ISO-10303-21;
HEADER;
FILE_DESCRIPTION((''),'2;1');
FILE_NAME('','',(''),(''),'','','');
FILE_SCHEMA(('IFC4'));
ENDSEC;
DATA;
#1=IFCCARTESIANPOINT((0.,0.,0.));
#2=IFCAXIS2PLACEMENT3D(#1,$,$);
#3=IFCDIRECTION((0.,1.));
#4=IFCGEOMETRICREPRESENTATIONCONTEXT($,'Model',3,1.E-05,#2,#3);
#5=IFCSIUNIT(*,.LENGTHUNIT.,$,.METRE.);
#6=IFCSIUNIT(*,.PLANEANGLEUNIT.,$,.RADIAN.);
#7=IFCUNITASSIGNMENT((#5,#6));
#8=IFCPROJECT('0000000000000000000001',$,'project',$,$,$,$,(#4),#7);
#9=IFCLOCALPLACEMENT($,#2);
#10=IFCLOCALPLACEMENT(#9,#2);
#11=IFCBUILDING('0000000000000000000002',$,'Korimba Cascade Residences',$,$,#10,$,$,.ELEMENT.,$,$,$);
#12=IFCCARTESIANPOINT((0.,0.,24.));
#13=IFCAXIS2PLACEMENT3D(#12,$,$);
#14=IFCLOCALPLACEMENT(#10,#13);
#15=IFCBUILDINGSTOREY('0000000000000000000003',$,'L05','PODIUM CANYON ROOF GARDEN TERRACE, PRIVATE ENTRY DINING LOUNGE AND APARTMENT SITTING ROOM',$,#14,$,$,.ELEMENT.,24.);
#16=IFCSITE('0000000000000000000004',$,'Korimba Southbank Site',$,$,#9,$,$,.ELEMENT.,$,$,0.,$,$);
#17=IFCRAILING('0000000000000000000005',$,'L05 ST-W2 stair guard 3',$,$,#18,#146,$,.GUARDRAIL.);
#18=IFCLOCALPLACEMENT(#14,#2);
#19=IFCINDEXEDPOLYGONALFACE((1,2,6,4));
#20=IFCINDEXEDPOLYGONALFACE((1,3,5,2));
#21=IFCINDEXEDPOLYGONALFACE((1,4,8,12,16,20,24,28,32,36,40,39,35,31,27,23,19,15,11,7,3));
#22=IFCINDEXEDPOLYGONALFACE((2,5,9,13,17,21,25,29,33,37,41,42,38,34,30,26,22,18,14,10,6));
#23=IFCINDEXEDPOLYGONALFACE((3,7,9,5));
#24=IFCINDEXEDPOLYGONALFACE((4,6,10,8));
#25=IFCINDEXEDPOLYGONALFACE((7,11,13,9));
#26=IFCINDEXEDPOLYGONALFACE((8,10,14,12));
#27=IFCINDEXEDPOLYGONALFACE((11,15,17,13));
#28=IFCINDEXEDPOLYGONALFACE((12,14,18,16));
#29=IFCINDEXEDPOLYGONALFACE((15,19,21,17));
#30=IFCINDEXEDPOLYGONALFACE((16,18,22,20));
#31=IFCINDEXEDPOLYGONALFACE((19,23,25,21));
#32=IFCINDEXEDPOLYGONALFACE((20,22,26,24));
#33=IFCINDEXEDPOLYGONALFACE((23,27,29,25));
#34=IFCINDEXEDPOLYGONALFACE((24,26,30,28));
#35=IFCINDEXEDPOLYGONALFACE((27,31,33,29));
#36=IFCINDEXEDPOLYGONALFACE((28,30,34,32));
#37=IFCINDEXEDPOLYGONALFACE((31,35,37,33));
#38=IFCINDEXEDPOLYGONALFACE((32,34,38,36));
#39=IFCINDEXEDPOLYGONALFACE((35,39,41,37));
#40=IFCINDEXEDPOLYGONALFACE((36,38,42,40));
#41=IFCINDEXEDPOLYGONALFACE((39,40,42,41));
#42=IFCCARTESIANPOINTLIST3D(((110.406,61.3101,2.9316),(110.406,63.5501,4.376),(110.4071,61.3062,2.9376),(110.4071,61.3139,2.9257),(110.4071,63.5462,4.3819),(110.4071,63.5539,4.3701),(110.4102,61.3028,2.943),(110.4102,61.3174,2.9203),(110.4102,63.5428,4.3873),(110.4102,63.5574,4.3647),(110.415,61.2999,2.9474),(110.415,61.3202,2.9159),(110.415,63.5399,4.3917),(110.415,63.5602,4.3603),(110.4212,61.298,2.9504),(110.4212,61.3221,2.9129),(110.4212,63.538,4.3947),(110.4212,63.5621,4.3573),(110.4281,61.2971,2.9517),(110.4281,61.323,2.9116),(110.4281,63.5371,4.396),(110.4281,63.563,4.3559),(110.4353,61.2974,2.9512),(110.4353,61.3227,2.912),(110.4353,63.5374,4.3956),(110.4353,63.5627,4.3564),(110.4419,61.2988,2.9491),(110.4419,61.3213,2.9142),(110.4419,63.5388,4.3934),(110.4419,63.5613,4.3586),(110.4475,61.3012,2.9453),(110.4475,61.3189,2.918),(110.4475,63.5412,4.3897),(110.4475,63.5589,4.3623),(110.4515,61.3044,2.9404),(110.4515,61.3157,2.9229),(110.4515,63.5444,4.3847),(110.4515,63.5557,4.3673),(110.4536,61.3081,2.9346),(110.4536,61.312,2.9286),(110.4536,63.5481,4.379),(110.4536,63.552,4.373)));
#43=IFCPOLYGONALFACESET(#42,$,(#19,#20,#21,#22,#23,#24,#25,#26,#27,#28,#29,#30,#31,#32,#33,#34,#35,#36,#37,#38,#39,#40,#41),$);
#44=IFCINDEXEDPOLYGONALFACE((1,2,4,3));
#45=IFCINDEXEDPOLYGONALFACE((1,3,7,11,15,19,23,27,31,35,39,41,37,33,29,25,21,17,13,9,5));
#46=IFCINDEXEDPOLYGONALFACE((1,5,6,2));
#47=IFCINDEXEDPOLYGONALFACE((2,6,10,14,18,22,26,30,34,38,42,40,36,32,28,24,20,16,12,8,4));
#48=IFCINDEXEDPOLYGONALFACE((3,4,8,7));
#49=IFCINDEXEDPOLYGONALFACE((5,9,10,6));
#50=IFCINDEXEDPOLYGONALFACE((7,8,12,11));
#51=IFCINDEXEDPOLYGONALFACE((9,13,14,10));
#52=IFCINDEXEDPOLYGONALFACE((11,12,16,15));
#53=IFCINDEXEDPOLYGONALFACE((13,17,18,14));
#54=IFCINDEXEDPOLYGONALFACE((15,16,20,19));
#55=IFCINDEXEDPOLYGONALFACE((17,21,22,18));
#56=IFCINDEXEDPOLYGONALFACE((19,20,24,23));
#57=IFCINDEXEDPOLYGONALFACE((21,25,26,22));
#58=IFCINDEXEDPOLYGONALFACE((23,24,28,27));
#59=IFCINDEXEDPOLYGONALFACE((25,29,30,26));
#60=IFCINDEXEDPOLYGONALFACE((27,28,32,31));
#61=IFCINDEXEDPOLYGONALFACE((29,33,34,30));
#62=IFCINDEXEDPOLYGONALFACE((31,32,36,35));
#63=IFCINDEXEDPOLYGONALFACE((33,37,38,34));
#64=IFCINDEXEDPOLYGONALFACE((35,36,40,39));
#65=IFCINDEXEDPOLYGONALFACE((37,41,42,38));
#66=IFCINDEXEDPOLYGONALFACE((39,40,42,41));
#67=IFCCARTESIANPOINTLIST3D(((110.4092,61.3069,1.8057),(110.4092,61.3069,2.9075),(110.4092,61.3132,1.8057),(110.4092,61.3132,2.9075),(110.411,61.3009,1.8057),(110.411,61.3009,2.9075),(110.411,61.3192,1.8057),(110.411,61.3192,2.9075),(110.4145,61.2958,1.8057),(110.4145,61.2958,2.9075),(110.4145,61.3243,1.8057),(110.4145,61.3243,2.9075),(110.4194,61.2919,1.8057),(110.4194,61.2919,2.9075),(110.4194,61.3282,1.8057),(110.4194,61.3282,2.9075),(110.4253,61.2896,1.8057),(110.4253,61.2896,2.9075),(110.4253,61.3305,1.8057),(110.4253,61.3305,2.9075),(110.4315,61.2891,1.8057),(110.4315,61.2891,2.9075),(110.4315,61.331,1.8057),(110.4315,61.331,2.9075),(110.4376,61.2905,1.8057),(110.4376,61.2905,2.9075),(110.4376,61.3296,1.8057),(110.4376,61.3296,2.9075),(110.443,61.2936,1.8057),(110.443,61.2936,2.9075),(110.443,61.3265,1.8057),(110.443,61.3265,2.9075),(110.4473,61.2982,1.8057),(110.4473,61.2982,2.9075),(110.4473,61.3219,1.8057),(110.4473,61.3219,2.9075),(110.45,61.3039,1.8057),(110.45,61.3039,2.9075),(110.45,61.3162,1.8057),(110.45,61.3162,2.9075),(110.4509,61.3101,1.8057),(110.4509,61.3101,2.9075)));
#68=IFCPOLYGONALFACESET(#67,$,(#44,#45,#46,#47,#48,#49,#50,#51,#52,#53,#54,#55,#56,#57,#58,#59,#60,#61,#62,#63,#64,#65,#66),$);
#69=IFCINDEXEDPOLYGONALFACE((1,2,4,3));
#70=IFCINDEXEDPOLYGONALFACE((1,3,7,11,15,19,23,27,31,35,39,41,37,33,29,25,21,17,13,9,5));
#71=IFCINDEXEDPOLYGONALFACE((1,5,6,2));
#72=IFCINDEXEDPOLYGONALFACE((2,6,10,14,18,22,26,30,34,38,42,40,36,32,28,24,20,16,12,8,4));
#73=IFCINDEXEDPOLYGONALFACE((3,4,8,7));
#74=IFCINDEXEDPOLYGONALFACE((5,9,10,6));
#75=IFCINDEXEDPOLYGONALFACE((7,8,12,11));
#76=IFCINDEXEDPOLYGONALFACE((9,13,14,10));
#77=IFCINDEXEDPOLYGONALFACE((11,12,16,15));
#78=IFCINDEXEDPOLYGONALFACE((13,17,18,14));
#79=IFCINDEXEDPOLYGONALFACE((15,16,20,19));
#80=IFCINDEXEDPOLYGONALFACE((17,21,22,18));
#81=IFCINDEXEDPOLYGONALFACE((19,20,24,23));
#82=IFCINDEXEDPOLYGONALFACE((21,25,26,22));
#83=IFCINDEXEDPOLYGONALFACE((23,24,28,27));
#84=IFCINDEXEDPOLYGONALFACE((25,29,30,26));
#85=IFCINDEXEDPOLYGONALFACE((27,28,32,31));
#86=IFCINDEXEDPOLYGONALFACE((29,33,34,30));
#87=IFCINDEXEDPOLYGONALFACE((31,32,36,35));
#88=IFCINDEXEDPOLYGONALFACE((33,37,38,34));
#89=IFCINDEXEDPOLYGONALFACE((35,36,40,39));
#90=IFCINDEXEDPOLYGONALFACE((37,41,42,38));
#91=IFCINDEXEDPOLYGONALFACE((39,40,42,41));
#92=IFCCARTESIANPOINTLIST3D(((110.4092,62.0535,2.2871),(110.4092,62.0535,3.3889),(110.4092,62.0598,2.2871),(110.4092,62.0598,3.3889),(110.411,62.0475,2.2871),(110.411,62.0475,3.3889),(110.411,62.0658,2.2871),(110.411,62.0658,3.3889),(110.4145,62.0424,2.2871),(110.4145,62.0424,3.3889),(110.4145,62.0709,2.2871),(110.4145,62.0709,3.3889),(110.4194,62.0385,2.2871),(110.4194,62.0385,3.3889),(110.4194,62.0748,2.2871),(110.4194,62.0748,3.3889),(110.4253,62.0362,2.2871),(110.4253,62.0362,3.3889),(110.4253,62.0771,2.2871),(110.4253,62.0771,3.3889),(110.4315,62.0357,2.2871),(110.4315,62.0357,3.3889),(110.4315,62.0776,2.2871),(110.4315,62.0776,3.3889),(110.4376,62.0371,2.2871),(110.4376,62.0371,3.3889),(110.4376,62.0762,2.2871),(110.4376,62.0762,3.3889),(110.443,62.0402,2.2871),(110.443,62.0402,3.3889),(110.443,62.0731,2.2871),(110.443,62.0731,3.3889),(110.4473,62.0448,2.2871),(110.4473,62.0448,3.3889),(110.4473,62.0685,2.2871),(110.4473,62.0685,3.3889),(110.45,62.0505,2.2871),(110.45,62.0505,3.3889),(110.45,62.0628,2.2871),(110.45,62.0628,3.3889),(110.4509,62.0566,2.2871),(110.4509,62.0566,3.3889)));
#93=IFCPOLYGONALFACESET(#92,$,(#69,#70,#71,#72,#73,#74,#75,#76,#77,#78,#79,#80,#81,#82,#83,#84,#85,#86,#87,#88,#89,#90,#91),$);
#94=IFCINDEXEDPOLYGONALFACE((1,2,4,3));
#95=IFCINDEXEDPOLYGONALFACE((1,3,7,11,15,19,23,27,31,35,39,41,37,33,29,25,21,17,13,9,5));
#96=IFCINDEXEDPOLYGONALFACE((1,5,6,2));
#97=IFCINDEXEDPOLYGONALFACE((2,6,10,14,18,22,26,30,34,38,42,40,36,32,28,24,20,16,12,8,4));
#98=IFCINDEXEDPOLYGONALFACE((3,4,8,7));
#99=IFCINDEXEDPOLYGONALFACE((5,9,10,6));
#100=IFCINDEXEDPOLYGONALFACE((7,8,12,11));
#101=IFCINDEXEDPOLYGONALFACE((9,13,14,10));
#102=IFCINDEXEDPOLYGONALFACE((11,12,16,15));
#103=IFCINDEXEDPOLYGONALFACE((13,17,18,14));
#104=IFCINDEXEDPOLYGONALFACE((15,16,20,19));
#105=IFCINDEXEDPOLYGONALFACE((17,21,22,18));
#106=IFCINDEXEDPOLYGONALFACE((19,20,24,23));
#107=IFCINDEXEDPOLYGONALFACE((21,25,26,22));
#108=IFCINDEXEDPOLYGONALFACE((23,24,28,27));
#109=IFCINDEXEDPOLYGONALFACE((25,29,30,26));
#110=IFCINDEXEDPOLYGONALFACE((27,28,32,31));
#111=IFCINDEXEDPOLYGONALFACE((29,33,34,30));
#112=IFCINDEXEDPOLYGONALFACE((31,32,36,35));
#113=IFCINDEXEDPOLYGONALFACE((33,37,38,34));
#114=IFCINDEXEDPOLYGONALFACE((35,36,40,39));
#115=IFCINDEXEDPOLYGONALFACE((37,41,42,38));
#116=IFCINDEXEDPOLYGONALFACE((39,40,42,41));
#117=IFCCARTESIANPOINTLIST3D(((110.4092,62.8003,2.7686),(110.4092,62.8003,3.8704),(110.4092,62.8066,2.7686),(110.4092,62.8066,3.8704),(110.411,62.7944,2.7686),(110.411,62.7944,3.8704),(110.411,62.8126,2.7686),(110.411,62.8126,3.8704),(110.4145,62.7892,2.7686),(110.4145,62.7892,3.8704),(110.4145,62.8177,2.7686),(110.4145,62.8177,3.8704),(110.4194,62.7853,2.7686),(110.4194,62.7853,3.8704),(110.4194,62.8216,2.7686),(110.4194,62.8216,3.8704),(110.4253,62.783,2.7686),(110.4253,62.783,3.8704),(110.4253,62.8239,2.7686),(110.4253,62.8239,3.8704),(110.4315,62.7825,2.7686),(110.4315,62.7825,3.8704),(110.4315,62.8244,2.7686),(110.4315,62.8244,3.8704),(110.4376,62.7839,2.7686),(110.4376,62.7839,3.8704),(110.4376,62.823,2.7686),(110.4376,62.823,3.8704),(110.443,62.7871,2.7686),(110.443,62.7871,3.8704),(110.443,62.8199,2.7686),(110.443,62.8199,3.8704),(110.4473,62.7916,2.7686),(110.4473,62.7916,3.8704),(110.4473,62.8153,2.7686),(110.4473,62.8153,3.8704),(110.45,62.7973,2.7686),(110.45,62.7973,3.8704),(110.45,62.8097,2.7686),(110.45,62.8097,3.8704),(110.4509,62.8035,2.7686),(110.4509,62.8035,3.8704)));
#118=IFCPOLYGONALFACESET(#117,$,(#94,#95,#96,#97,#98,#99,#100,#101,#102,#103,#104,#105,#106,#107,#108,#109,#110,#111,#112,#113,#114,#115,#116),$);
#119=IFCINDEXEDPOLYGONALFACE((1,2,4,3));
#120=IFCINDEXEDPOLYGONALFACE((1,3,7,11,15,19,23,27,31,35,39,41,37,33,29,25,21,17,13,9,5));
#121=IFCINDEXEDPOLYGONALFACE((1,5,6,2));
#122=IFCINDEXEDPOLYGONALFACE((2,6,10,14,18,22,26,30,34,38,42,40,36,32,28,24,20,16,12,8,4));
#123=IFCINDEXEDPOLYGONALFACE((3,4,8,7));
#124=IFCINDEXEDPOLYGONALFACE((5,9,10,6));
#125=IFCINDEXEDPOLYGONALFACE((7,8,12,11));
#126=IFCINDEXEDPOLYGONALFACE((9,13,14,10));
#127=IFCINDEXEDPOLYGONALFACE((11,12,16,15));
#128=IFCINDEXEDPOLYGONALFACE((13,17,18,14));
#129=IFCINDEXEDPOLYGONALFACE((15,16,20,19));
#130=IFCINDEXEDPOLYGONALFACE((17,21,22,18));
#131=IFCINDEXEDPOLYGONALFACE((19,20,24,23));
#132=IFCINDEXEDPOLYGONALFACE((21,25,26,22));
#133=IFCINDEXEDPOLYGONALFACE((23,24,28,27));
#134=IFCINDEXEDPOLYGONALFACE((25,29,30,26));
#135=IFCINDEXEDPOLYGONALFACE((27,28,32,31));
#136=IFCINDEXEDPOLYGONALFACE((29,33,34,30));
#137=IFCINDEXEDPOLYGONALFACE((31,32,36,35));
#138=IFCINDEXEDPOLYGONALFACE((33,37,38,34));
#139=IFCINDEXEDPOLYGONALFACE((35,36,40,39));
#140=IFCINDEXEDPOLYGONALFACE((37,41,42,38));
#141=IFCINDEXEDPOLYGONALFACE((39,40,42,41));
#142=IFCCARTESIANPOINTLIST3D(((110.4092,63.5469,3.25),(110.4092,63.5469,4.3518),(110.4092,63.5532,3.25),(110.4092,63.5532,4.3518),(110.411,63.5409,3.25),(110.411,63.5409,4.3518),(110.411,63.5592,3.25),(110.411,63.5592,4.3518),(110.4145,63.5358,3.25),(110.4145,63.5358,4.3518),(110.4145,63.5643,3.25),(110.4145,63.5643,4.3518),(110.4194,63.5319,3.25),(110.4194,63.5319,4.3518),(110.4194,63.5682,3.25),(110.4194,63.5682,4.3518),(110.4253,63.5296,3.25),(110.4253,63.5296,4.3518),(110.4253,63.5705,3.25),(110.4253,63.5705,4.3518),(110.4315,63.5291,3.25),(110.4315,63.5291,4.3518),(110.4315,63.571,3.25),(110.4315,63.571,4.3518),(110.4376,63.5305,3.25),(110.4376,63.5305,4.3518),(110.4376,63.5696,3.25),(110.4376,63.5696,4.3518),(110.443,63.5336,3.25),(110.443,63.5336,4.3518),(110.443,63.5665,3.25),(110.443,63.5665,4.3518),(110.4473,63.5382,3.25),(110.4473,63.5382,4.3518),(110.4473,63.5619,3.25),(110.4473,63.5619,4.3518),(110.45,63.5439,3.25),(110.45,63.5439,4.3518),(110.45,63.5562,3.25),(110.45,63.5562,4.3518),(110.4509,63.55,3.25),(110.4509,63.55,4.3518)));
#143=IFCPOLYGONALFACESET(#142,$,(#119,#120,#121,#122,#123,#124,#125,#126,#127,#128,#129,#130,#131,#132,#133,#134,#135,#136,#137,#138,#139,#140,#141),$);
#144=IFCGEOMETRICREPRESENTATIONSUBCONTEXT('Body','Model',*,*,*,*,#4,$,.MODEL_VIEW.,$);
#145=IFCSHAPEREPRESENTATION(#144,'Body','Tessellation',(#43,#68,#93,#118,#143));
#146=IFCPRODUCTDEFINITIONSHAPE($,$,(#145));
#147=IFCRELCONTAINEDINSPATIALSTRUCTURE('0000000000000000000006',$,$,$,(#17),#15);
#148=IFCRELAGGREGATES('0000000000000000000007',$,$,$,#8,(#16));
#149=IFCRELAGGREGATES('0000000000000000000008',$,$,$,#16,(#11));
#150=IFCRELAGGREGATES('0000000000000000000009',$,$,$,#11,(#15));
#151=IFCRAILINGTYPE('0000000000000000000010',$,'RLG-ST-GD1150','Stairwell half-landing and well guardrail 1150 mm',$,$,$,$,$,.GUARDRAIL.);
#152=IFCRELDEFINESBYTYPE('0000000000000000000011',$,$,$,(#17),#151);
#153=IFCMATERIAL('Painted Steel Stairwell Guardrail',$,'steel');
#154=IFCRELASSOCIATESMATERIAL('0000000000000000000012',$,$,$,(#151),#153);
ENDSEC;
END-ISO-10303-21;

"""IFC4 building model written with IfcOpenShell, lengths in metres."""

from ifc_helpers import new_model, si_unit, direction, frame, origin, origin_2d, place, context, subcontext, project, spatial, circle, extrude, material, type_object, element, save


model = new_model("IFC4")

# Units and contexts
model_context = context("Model", 3, precision=1e-05, world=origin(), true_north=direction((0.0, 1.0)))
body_context = subcontext(model_context, "Body", "Model", "MODEL_VIEW")
ifc_project = project(units=[si_unit("LENGTHUNIT", "METRE"), si_unit("PLANEANGLEUNIT", "RADIAN")], contexts=[model_context])

# Site, building, storey
site_placement = place(None, origin())
site = spatial("IfcSite", under=ifc_project, at=site_placement, Name="Korimba Southbank Site", CompositionType="ELEMENT", RefElevation=0.0)
building_placement = place(site_placement, origin())
building = spatial("IfcBuilding", under=site, at=building_placement, Name="Korimba Cascade Residences", CompositionType="ELEMENT")
storey_placement = place(building_placement, frame((0.0, 0.0, 24.0)))
storey = spatial("IfcBuildingStorey", under=building, at=storey_placement, Name="L05", Description="PODIUM CANYON ROOF GARDEN TERRACE, PRIVATE ENTRY DINING LOUNGE AND APARTMENT SITTING ROOM", CompositionType="ELEMENT", Elevation=24.0)

# Railing
ifc_material_1 = material(Name="Painted Steel Stairwell Guardrail", Category="steel")
railing_type_1 = type_object("IfcRailingType", Name="RLG-ST-GD1150", Description="Stairwell half-landing and well guardrail 1150 mm", PredefinedType="GUARDRAIL", material=ifc_material_1)
railing_1_placement = place(storey_placement, frame((110.4299, 61.3101, 1.8057)))
element("IfcRailing", 1, at=railing_1_placement, inside=storey, type_object=railing_type_1, Name="L05 ST-W2 stair guard 3", PredefinedType="GUARDRAIL", context=body_context, shape_type="SweptSolid", body=[
    extrude(circle(Radius=0.0239, at=origin_2d()), frame((0.0, 0.0, 1.126), z_axis=(0.0, 0.840437, 0.54191), x_axis=(-1.0, 0.0, 0.0)), (0.0, 0.0, 1.0), 2.6653),
    extrude(circle(Radius=0.021, at=origin_2d()), origin(), (0.0, 0.0, 1.0), 1.1018),
    extrude(circle(Radius=0.021, at=origin_2d()), frame((0.0, 0.7466, 0.4814)), (0.0, 0.0, 1.0), 1.1018),
    extrude(circle(Radius=0.021, at=origin_2d()), frame((0.0, 1.4934, 0.9629)), (0.0, 0.0, 1.0), 1.1018),
    extrude(circle(Radius=0.021, at=origin_2d()), frame((0.0, 2.24, 1.4443)), (0.0, 0.0, 1.0), 1.1018),
])

save(model, "model.ifc")
